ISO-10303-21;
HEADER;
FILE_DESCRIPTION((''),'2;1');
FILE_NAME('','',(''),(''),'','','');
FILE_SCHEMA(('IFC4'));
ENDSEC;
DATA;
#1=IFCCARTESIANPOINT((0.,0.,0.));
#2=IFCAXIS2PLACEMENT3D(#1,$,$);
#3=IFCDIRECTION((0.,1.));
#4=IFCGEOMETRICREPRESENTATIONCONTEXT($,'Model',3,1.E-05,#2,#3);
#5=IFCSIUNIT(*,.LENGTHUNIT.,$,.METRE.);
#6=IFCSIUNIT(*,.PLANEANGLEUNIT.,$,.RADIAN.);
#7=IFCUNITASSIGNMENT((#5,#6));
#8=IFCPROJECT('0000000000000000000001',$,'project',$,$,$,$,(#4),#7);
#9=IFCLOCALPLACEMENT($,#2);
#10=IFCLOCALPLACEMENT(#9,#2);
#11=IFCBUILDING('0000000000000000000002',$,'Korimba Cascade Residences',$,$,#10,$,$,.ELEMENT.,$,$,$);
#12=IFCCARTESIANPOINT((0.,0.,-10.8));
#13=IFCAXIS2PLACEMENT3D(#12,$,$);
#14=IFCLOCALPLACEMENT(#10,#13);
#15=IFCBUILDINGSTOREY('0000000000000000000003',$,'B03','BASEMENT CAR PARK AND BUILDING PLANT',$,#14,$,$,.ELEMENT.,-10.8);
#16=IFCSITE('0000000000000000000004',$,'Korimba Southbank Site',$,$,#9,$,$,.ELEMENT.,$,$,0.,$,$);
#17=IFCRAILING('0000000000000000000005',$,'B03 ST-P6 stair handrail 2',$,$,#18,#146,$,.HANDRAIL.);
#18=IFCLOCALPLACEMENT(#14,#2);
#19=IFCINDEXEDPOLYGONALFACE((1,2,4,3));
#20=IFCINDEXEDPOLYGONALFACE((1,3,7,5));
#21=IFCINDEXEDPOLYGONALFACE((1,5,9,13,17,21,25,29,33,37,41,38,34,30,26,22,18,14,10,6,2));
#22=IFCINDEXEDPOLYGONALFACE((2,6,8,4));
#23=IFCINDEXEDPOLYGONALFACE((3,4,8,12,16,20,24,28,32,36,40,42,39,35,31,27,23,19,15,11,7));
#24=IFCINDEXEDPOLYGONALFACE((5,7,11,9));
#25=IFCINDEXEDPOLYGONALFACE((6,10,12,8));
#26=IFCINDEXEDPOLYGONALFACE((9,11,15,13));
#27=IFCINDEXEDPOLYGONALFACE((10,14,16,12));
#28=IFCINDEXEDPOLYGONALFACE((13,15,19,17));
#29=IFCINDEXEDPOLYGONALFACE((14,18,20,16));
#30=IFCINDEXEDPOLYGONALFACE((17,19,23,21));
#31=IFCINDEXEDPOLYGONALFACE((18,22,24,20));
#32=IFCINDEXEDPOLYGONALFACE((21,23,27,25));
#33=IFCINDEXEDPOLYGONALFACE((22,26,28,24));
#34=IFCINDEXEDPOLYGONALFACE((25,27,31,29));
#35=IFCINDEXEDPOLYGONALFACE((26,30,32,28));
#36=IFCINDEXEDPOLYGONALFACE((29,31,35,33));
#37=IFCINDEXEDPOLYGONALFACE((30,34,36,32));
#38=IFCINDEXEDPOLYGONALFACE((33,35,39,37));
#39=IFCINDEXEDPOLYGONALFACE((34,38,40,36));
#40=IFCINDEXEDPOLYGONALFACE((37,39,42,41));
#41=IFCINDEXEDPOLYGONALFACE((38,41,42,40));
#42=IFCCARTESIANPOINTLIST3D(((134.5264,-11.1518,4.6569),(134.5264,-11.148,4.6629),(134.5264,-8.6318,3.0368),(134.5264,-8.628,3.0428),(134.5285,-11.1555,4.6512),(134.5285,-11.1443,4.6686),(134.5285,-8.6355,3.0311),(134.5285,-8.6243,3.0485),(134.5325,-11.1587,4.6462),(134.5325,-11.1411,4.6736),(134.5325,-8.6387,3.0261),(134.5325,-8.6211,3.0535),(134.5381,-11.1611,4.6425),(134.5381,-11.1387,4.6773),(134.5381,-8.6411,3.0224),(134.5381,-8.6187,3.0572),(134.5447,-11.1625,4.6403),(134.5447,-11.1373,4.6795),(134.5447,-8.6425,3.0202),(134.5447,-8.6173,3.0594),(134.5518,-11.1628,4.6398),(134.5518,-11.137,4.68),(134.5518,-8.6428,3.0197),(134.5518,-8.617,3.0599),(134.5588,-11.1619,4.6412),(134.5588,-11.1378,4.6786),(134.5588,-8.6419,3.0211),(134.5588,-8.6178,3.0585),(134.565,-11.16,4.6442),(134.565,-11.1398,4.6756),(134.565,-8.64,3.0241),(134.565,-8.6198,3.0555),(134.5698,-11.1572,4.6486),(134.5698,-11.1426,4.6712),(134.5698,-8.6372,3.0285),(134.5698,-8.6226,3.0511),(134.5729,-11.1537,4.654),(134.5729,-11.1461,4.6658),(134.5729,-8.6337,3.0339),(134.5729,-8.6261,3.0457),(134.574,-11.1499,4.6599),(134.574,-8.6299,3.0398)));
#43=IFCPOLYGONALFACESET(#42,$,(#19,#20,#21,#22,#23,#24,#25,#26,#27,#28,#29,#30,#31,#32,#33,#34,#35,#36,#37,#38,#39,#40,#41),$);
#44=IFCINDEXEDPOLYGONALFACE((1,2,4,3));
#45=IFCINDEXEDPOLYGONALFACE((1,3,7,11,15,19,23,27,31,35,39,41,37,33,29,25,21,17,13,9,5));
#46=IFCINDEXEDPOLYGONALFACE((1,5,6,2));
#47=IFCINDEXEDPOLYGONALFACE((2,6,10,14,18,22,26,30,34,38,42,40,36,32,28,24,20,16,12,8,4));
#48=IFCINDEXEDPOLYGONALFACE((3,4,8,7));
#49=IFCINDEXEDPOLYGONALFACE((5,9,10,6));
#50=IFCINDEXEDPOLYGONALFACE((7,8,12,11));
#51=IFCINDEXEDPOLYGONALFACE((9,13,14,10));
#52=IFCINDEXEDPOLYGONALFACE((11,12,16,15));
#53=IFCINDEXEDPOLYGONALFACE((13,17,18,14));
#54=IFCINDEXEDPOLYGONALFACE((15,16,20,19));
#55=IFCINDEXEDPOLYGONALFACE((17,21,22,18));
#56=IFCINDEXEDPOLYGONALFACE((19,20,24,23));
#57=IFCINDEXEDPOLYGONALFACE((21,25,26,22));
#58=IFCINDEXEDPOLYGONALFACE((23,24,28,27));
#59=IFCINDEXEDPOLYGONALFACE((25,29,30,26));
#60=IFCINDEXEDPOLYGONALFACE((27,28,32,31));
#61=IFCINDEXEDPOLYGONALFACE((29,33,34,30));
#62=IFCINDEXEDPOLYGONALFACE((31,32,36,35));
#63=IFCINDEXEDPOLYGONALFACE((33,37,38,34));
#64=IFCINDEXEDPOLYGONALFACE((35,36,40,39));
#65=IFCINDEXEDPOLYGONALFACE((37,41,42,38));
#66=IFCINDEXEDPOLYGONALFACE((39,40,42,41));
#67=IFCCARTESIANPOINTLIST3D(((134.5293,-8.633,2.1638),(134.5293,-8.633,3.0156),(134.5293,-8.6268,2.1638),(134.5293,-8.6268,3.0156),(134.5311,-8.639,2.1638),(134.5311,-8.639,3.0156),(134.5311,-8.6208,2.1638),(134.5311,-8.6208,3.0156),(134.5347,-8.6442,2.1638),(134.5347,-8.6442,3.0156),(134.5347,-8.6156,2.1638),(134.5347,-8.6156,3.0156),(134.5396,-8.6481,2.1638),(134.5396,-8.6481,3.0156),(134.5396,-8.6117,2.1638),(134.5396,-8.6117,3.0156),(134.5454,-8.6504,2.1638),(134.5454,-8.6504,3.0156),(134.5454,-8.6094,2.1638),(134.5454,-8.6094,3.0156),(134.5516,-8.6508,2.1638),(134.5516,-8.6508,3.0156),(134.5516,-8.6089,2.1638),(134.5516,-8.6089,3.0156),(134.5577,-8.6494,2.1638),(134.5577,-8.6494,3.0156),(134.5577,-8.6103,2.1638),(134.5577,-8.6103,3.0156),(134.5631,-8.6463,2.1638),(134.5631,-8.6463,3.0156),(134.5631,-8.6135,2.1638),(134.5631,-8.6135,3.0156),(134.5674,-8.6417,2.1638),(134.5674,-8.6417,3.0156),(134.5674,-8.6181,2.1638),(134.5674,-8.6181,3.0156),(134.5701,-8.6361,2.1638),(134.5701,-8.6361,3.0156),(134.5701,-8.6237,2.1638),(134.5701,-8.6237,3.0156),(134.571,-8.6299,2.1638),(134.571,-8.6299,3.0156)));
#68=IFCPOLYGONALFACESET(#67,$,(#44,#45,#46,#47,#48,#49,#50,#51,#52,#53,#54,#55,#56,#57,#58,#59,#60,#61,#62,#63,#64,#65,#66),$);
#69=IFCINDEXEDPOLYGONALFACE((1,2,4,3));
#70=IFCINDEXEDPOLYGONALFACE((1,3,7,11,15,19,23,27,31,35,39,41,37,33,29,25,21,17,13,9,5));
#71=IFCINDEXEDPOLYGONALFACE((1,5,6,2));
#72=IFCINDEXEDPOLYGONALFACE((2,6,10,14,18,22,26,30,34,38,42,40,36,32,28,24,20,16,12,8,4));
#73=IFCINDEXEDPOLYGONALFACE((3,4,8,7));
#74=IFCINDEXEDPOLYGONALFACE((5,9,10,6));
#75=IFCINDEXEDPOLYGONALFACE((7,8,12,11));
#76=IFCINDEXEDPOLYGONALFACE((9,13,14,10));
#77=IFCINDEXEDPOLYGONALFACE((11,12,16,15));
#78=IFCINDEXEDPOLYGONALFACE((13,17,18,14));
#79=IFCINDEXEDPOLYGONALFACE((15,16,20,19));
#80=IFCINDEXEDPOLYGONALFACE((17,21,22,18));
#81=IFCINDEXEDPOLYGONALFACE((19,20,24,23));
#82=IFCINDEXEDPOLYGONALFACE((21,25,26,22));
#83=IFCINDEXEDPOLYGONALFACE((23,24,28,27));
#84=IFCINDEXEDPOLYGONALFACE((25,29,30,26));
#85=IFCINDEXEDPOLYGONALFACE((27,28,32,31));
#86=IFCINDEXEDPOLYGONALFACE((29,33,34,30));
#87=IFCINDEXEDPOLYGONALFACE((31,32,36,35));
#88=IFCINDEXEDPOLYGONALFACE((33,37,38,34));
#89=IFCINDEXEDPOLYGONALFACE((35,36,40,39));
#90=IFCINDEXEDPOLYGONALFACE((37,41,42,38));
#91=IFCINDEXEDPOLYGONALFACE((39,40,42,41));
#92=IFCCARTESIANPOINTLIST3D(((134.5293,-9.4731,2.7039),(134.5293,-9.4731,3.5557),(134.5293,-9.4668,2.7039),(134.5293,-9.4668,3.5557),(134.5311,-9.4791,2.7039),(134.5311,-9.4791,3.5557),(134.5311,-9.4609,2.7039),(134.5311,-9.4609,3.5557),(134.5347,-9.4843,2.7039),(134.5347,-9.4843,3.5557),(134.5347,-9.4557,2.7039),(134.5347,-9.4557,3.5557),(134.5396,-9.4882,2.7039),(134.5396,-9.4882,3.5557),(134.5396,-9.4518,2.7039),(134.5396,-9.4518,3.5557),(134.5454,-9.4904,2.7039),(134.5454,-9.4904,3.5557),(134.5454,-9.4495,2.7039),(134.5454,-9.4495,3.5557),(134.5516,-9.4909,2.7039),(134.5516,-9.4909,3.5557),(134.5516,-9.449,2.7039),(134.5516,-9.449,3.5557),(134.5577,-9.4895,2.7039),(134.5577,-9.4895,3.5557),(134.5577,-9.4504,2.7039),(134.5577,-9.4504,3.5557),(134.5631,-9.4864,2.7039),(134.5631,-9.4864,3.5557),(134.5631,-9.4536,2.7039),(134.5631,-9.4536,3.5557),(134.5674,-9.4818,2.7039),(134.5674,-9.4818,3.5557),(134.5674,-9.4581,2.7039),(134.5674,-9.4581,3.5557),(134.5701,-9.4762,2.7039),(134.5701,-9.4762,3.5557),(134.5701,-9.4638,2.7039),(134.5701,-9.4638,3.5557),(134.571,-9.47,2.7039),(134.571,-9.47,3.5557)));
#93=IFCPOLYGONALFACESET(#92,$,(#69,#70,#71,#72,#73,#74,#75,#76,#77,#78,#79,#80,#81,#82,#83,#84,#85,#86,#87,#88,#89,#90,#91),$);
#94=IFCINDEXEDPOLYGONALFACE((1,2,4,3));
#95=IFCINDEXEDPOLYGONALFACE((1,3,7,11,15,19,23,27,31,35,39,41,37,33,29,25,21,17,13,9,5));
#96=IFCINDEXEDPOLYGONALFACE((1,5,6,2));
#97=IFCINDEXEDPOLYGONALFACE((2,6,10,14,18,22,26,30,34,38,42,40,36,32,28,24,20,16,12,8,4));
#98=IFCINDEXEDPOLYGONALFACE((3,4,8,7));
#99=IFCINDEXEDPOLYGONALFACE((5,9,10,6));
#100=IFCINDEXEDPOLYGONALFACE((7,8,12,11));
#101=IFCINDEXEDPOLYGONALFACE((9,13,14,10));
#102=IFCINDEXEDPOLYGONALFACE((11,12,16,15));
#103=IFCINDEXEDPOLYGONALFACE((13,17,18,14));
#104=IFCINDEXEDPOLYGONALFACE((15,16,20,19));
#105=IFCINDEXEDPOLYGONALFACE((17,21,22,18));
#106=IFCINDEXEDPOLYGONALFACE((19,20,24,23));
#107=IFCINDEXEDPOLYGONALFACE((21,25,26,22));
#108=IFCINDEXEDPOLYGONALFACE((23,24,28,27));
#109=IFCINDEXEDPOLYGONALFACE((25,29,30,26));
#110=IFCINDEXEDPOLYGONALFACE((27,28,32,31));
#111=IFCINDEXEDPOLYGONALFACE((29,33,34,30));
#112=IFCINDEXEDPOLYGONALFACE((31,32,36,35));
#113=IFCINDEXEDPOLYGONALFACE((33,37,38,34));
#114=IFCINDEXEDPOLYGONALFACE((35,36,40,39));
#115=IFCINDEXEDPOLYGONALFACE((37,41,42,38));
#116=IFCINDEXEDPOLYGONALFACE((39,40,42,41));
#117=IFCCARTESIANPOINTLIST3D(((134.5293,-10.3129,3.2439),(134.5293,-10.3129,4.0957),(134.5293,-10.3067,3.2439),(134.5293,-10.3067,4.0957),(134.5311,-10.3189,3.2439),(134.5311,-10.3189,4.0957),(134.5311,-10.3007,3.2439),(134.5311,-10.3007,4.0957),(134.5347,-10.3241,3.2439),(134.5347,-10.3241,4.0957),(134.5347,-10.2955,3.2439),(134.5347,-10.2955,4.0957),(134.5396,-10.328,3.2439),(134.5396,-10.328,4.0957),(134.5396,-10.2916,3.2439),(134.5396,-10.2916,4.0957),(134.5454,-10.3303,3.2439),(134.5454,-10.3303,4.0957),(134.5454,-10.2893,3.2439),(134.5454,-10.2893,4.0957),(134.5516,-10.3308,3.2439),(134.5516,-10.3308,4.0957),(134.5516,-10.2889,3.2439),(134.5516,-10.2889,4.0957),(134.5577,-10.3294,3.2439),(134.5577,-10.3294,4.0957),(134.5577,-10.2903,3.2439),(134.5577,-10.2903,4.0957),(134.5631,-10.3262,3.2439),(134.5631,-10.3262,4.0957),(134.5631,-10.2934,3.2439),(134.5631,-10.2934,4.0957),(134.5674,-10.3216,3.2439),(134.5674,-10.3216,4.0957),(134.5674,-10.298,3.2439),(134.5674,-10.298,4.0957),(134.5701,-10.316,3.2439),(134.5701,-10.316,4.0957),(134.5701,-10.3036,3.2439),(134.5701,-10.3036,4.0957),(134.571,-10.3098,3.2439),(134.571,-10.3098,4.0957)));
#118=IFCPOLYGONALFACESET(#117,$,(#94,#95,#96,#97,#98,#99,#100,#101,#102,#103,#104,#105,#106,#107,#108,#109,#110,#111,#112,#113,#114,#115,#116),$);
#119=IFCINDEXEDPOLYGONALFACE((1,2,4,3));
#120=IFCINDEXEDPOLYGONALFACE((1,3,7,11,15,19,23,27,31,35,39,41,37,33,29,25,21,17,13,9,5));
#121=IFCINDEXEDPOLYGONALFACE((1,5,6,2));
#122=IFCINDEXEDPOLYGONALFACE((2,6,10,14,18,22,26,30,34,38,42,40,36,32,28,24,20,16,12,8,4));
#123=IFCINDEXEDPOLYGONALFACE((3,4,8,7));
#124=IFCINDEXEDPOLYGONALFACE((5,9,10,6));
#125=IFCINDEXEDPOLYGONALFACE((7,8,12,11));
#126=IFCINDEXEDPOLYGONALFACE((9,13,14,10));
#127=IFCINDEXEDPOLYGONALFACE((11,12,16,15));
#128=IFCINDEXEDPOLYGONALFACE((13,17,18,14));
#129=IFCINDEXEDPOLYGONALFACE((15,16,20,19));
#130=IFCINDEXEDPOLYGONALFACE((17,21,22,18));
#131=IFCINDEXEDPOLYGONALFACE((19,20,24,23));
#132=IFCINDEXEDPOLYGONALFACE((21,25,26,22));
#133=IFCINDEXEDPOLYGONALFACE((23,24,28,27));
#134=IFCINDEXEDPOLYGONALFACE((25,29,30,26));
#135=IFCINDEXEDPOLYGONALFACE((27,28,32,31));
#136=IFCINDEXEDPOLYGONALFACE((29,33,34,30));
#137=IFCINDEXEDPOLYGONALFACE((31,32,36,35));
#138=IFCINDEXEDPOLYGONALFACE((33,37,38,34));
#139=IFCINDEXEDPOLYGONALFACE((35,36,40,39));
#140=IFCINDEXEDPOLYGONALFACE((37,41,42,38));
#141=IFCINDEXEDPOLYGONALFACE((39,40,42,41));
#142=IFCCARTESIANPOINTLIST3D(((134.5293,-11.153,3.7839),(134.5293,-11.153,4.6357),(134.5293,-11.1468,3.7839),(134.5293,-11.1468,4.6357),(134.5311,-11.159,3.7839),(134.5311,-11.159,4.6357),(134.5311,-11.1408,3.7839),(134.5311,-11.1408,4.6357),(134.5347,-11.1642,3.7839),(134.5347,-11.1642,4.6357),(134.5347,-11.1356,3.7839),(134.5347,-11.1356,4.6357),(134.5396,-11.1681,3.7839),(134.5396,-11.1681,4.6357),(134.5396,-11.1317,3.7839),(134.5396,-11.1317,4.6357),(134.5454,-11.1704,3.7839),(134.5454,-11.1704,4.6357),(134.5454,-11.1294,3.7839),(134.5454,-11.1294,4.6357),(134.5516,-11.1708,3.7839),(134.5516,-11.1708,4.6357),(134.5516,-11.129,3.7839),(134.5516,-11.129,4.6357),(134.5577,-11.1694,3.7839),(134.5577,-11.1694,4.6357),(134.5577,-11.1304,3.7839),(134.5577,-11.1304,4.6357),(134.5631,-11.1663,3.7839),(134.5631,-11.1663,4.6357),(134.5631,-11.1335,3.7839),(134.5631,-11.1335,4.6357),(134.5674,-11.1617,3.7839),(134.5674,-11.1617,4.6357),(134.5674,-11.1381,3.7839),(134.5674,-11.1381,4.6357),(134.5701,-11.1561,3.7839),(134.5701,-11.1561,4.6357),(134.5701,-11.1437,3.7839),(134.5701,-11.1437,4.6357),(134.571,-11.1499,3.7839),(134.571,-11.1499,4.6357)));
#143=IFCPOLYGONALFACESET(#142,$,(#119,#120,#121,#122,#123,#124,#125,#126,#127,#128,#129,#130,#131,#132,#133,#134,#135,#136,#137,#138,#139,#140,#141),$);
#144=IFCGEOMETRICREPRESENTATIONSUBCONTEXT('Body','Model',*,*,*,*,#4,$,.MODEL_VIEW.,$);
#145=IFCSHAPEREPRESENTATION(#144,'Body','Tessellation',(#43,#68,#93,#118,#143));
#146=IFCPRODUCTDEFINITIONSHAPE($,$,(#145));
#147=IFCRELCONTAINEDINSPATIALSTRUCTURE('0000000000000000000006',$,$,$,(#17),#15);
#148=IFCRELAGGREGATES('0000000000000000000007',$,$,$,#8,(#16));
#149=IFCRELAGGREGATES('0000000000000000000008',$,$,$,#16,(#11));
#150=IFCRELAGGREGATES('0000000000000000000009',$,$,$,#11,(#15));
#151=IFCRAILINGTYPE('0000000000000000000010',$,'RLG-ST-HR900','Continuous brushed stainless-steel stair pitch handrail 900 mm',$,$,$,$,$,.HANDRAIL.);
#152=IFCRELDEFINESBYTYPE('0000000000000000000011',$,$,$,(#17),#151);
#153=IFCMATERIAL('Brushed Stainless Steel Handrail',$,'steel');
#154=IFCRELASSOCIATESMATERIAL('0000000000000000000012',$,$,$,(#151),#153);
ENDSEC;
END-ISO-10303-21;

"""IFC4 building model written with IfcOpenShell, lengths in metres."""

from ifc_helpers import new_model, si_unit, direction, frame, origin, origin_2d, place, context, subcontext, project, spatial, circle, extrude, material, type_object, element, save


model = new_model("IFC4")

# Units and contexts
model_context = context("Model", 3, precision=1e-05, world=origin(), true_north=direction((0.0, 1.0)))
body_context = subcontext(model_context, "Body", "Model", "MODEL_VIEW")
ifc_project = project(units=[si_unit("LENGTHUNIT", "METRE"), si_unit("PLANEANGLEUNIT", "RADIAN")], contexts=[model_context])

# Site, building, storey
site_placement = place(None, origin())
site = spatial("IfcSite", under=ifc_project, at=site_placement, Name="Korimba Southbank Site", CompositionType="ELEMENT", RefElevation=0.0)
building_placement = place(site_placement, origin())
building = spatial("IfcBuilding", under=site, at=building_placement, Name="Korimba Cascade Residences", CompositionType="ELEMENT")
storey_placement = place(building_placement, frame((0.0, 0.0, -10.8)))
storey = spatial("IfcBuildingStorey", under=building, at=storey_placement, Name="B03", Description="BASEMENT CAR PARK AND BUILDING PLANT", CompositionType="ELEMENT", Elevation=-10.8)

# Railing
ifc_material_1 = material(Name="Brushed Stainless Steel Handrail", Category="steel")
railing_type_1 = type_object("IfcRailingType", Name="RLG-ST-HR900", Description="Continuous brushed stainless-steel stair pitch handrail 900 mm", PredefinedType="HANDRAIL", material=ifc_material_1)
railing_1_placement = place(storey_placement, frame((134.55, -8.6299, 2.1638)))
element("IfcRailing", 1, at=railing_1_placement, inside=storey, type_object=railing_type_1, Name="B03 ST-P6 stair handrail 2", PredefinedType="HANDRAIL", context=body_context, shape_type="SweptSolid", body=[
    extrude(circle(Radius=0.0239, at=origin_2d()), frame((0.0, 0.0, 0.876), z_axis=(0.0, -0.841163, 0.540782), x_axis=(1.0, 0.0, 0.0)), (0.0, 0.0, 1.0), 2.9958),
    extrude(circle(Radius=0.021, at=origin_2d()), origin(), (0.0, 0.0, 1.0), 0.8518),
    extrude(circle(Radius=0.021, at=origin_2d()), frame((0.0, -0.8401, 0.54)), (0.0, 0.0, 1.0), 0.8518),
    extrude(circle(Radius=0.021, at=origin_2d()), frame((0.0, -1.6799, 1.0801)), (0.0, 0.0, 1.0), 0.8518),
    extrude(circle(Radius=0.021, at=origin_2d()), frame((0.0, -2.52, 1.6201)), (0.0, 0.0, 1.0), 0.8518),
])

save(model, "model.ifc")
